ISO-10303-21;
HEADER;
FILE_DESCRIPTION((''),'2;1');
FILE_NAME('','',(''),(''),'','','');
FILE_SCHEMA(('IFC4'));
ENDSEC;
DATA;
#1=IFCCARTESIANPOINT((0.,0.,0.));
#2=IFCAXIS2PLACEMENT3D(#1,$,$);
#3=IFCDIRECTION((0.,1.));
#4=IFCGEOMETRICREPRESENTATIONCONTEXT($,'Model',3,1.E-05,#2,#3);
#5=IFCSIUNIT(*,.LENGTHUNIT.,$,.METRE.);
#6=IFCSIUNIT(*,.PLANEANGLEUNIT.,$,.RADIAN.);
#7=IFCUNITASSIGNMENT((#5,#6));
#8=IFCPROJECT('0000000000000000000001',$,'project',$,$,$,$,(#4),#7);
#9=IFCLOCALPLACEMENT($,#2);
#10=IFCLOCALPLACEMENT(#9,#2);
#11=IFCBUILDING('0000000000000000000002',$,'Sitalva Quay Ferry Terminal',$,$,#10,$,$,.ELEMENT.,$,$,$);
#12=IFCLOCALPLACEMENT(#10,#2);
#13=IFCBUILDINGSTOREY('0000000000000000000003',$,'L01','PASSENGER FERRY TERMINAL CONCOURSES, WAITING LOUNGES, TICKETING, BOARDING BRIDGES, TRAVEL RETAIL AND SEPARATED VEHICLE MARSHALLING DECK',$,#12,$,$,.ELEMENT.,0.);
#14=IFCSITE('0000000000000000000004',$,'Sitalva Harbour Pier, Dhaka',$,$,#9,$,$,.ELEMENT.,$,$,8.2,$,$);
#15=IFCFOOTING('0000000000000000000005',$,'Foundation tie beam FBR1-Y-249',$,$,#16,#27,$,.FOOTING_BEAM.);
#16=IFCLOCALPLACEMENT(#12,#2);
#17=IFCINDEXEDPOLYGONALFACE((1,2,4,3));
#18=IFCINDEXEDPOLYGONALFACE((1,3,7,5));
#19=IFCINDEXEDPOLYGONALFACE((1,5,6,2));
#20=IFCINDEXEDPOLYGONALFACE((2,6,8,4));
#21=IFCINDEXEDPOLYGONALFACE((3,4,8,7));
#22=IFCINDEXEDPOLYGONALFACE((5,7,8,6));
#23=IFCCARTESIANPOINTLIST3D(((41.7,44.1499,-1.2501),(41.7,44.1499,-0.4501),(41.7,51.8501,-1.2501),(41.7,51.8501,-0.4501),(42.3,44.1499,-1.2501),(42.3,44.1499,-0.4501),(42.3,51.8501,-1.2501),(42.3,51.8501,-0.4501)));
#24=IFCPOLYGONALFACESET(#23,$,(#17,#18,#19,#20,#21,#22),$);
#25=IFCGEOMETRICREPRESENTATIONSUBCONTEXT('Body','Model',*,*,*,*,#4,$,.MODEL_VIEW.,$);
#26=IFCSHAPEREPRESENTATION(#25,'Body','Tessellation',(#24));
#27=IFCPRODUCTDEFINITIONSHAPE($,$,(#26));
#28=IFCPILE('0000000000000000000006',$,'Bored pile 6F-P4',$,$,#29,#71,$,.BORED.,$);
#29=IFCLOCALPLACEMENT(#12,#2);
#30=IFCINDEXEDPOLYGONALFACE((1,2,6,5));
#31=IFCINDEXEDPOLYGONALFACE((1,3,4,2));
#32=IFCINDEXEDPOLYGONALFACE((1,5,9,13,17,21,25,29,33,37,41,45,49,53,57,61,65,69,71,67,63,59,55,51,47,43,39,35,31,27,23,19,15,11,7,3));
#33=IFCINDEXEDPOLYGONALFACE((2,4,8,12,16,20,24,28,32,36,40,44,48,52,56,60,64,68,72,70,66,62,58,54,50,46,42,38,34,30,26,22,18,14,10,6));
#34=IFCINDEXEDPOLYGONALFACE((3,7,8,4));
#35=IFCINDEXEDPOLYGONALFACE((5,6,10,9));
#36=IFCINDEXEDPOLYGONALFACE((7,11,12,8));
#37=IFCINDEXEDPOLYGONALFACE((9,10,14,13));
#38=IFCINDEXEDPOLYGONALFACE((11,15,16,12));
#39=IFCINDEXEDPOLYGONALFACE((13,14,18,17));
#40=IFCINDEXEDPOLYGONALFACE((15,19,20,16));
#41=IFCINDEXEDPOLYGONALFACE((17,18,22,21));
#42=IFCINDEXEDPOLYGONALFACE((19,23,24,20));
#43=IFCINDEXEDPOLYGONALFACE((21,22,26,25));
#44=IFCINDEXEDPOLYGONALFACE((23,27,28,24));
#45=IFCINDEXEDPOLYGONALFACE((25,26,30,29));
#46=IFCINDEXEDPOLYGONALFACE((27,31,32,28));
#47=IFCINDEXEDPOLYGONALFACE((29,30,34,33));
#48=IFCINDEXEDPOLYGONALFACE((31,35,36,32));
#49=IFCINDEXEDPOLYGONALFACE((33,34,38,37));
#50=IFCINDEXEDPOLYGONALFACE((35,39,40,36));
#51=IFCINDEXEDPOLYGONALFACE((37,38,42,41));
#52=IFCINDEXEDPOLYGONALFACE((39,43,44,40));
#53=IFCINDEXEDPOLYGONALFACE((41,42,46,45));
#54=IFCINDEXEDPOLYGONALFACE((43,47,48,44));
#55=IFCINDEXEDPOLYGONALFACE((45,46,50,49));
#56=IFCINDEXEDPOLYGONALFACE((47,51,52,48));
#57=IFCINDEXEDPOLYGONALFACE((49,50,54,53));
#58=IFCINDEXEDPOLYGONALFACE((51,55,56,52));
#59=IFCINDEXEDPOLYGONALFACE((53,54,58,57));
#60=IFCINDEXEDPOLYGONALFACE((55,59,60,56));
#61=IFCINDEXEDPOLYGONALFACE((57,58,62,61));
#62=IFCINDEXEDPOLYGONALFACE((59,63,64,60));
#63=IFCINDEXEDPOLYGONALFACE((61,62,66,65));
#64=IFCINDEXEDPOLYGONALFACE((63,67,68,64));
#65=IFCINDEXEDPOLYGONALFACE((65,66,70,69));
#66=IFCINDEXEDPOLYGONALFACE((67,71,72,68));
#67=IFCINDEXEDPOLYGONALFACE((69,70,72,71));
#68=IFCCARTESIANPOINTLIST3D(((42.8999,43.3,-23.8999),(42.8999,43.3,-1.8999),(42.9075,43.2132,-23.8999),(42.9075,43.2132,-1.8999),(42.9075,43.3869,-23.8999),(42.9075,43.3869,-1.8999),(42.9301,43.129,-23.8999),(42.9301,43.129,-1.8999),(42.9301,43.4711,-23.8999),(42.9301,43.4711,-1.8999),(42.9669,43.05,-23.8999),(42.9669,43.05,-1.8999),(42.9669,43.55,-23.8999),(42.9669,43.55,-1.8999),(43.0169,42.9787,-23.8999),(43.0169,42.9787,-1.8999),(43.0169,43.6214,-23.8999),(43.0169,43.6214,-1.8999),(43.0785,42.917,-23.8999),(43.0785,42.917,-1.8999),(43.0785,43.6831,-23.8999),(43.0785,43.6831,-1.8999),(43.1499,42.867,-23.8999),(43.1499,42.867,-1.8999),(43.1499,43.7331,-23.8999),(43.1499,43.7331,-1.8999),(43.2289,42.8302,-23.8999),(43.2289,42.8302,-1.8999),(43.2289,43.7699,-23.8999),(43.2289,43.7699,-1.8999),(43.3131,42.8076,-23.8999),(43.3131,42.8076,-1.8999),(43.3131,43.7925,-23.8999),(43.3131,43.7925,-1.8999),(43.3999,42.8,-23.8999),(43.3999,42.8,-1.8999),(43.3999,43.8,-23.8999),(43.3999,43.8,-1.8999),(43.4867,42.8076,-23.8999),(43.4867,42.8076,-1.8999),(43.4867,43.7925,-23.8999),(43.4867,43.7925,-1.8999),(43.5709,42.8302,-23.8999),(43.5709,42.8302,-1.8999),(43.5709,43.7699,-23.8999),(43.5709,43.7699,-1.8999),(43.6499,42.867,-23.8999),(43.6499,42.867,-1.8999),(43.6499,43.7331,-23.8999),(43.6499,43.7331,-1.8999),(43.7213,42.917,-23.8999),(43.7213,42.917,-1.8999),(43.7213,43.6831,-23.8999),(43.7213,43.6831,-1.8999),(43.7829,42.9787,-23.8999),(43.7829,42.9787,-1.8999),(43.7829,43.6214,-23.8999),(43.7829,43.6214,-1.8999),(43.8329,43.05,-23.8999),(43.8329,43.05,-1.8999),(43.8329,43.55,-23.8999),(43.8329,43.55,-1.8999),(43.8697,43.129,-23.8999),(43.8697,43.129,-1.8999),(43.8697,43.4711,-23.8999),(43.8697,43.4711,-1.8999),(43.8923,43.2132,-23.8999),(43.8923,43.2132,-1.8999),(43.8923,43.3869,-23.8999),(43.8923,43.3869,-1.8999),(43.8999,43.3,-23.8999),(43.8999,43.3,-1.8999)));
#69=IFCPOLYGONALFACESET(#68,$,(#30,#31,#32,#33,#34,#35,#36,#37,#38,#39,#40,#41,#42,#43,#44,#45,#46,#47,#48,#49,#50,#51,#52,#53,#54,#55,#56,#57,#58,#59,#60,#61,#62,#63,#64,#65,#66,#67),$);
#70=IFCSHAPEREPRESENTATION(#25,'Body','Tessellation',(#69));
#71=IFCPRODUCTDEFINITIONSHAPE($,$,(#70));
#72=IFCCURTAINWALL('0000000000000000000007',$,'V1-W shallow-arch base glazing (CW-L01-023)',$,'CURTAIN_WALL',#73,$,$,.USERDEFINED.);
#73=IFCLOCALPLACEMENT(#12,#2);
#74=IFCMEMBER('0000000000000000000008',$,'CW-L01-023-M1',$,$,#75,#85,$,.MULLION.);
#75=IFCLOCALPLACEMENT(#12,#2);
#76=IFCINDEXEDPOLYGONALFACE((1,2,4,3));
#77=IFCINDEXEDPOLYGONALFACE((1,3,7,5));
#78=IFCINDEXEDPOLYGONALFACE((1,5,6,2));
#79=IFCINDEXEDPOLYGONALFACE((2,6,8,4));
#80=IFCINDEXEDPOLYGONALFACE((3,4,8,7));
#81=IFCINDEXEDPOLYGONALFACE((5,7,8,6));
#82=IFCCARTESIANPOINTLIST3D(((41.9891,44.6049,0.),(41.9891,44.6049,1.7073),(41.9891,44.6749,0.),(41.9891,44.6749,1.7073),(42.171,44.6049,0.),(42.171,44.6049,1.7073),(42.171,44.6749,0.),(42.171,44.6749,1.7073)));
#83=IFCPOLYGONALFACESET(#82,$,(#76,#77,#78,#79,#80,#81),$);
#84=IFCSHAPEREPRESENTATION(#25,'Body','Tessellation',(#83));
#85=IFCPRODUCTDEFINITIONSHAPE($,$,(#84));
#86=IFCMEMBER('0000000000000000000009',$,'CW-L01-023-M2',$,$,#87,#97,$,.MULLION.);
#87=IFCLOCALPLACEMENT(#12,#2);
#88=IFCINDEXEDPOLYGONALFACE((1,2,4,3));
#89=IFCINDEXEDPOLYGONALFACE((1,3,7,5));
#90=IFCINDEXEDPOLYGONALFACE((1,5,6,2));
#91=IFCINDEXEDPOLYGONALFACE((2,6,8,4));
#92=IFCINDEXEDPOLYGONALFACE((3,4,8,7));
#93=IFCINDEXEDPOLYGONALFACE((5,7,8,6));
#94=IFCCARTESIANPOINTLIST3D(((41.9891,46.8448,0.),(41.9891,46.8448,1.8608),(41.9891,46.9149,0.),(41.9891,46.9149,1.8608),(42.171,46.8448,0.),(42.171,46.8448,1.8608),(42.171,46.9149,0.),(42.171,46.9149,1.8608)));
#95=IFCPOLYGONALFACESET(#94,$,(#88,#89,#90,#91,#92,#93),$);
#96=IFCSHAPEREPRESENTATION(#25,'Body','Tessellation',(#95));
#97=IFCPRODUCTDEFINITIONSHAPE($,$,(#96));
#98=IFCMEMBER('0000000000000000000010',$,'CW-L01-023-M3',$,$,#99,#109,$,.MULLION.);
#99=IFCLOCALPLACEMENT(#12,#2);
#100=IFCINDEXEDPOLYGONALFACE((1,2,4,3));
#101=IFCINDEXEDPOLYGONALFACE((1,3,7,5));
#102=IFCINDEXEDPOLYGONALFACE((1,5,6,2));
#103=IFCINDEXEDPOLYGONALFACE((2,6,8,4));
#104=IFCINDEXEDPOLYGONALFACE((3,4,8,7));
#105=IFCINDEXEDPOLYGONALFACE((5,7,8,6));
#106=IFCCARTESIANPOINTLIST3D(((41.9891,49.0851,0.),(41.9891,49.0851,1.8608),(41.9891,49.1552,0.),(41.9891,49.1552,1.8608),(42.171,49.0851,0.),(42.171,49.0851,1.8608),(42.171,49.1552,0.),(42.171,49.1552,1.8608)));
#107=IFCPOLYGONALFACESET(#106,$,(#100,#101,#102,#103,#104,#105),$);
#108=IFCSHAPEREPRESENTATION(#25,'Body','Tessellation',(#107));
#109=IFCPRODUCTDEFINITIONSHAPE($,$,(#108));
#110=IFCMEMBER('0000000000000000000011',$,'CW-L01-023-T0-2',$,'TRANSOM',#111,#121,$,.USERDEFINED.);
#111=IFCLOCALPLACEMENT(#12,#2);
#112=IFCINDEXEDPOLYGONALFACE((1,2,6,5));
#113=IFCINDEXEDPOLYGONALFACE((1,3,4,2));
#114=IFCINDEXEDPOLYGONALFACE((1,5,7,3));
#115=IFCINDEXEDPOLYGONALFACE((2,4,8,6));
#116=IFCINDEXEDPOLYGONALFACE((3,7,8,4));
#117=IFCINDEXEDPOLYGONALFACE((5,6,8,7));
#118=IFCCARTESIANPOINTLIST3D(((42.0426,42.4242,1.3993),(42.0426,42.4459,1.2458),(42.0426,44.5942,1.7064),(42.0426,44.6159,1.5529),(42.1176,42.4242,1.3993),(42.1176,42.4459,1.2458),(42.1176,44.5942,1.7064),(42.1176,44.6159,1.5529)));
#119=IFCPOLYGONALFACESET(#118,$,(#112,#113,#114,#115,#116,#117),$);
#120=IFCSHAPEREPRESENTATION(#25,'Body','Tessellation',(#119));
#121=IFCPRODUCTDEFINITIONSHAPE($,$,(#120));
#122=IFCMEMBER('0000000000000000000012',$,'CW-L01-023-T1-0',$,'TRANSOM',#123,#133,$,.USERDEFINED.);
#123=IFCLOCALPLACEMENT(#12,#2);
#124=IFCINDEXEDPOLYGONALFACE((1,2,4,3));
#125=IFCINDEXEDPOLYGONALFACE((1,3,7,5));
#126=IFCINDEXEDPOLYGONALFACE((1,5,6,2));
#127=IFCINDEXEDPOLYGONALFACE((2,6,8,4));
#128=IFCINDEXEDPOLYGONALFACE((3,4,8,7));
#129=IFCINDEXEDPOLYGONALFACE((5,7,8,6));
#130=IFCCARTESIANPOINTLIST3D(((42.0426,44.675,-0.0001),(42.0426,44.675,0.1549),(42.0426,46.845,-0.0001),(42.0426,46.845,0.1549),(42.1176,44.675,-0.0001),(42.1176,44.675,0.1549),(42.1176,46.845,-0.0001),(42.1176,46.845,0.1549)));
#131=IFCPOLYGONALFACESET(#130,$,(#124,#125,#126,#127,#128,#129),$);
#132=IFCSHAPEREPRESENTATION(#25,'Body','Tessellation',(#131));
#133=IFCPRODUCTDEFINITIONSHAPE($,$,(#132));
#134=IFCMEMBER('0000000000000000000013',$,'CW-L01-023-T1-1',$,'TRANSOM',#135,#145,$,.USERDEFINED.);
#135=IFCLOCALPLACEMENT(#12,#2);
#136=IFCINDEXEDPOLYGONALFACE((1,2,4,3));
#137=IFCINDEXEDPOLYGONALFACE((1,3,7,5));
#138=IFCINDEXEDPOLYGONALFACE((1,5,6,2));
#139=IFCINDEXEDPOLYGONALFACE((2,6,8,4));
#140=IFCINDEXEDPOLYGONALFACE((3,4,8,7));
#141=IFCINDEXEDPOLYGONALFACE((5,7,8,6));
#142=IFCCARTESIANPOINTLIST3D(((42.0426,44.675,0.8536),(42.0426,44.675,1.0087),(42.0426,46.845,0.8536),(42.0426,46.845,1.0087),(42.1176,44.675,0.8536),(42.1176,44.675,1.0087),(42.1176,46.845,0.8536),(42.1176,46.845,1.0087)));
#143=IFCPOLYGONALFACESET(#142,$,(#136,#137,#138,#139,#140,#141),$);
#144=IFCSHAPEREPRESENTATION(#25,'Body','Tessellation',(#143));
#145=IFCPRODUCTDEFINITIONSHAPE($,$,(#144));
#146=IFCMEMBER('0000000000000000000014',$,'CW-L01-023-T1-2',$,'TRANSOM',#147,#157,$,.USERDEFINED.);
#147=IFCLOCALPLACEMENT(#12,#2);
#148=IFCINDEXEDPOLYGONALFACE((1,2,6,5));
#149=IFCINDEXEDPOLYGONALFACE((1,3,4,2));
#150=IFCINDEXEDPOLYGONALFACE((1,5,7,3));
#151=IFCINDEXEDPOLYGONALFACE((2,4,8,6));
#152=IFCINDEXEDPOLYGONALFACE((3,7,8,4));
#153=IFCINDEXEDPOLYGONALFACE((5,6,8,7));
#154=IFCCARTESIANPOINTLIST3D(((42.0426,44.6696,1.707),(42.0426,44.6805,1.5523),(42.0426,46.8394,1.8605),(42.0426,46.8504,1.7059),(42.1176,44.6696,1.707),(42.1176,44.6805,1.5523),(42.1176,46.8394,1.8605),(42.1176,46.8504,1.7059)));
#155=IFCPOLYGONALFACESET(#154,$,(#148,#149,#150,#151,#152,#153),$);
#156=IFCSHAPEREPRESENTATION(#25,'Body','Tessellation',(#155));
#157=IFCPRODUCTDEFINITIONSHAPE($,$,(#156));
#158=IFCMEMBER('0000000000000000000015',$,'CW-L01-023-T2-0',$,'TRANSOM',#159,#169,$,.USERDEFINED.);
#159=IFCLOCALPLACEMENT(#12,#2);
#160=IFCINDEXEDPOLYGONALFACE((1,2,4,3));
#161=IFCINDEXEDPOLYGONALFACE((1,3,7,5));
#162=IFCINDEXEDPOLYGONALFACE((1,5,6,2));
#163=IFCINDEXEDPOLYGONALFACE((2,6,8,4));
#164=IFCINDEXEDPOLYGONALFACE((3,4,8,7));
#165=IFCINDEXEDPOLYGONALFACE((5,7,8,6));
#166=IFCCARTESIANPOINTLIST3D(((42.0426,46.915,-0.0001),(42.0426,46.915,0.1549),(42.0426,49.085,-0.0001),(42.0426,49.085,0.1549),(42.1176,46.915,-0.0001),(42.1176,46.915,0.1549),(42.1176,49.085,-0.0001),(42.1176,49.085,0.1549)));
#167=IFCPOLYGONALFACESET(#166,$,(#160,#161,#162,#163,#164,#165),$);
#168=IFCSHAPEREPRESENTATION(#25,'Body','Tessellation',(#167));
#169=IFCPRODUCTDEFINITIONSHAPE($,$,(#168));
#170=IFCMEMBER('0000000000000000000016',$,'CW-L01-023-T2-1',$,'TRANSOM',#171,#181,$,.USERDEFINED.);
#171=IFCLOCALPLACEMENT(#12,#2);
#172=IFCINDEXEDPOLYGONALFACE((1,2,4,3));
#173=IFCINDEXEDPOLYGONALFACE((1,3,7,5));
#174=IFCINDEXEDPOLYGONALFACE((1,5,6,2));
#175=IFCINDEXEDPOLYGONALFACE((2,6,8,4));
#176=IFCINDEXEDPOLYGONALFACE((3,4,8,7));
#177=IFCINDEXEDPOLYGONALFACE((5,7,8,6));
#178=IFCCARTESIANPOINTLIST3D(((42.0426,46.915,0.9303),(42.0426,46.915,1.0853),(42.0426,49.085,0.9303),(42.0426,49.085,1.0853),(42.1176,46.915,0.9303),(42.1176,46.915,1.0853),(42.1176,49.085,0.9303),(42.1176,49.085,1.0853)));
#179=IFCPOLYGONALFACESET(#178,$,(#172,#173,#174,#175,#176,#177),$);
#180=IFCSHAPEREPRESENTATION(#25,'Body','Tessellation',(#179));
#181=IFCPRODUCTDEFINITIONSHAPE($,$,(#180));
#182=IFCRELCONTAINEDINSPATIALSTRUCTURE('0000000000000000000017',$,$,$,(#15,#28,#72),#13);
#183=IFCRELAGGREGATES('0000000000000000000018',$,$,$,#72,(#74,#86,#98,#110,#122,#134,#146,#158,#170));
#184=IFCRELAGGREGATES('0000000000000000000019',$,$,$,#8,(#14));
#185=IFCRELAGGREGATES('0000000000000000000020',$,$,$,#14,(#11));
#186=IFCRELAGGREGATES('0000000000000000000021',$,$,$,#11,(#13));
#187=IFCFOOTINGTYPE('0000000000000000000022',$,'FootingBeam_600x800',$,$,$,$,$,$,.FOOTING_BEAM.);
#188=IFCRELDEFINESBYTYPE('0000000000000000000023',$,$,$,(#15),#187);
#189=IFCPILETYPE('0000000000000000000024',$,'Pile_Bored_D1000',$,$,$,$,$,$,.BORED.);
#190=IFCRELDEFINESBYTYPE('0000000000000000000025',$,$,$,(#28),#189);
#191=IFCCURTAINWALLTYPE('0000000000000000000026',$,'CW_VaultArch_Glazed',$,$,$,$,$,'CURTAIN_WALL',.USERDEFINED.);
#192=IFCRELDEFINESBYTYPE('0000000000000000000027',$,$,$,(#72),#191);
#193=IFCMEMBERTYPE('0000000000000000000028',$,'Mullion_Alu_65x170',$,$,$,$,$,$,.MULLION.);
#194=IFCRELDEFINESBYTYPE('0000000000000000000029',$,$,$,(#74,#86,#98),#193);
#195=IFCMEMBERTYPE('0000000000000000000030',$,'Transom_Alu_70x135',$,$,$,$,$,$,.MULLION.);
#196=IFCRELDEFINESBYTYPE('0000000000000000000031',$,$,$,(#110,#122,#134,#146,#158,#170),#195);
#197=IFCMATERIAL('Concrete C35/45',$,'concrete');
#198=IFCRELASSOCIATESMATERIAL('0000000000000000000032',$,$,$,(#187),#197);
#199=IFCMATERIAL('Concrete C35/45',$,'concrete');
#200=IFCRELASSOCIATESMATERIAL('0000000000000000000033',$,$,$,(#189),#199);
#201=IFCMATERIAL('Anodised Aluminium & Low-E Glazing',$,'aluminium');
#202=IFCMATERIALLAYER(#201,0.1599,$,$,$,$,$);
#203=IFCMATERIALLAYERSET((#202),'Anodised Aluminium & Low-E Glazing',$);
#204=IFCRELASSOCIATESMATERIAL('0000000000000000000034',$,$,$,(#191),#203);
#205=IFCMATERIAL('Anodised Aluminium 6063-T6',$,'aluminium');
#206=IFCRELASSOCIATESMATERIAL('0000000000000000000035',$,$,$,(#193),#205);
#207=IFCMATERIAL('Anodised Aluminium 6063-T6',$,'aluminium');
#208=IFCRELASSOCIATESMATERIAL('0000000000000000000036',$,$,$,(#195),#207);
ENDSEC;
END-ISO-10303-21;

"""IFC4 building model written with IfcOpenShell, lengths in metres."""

from ifc_helpers import new_model, si_unit, direction, frame, origin, origin_2d, place, context, subcontext, project, spatial, rectangle, circle, extrude, material, layer, layer_set, material_profile, profile_set, type_object, element, aggregate, save


model = new_model("IFC4")

# Units and contexts
model_context = context("Model", 3, precision=1e-05, world=origin(), true_north=direction((0.0, 1.0)))
body_context = subcontext(model_context, "Body", "Model", "MODEL_VIEW")
ifc_project = project(units=[si_unit("LENGTHUNIT", "METRE"), si_unit("PLANEANGLEUNIT", "RADIAN")], contexts=[model_context])

# Site, building, storey
site_placement = place(None, origin())
site = spatial("IfcSite", under=ifc_project, at=site_placement, Name="Sitalva Harbour Pier, Dhaka", CompositionType="ELEMENT", RefElevation=8.2)
building_placement = place(site_placement, origin())
building = spatial("IfcBuilding", under=site, at=building_placement, Name="Sitalva Quay Ferry Terminal", CompositionType="ELEMENT")
storey_placement = place(building_placement, origin())
storey = spatial("IfcBuildingStorey", under=building, at=storey_placement, Name="L01", Description="PASSENGER FERRY TERMINAL CONCOURSES, WAITING LOUNGES, TICKETING, BOARDING BRIDGES, TRAVEL RETAIL AND SEPARATED VEHICLE MARSHALLING DECK", CompositionType="ELEMENT", Elevation=0.0)

# Footing
ifc_material_1 = material(Name="Concrete C35/45", Category="concrete")
ifc_material_profile_1 = material_profile(ifc_material_1, rectangle(XDim=0.6001, YDim=0.8, at=origin_2d()), Name="RC600x800")
ifc_profile_set_1 = profile_set([ifc_material_profile_1], Name="Concrete C35/45")
footing_type = type_object("IfcFootingType", Name="FootingBeam_600x800", PredefinedType="FOOTING_BEAM", material=ifc_profile_set_1)
footing_placement = place(storey_placement, frame((42.0, 44.1499, -0.8501), z_axis=(0.0, 1.0, 0.0), x_axis=(-1.0, 0.0, 0.0)))
element("IfcFooting", 1, at=footing_placement, inside=storey, type_object=footing_type, Name="Foundation tie beam FBR1-Y-249", PredefinedType="FOOTING_BEAM", context=body_context, shape_type="SweptSolid", body=[
    extrude(rectangle(XDim=0.6001, YDim=0.8, at=origin_2d()), origin(), (0.0, 0.0, 1.0), 7.7002),
])

# Pile
ifc_material_2 = material(Name="Concrete C35/45", Category="concrete")
ifc_material_profile_2 = material_profile(ifc_material_2, circle(Radius=0.5, at=origin_2d()), Name="PILE-D1000")
ifc_profile_set_2 = profile_set([ifc_material_profile_2], Name="Concrete C35/45")
pile_type = type_object("IfcPileType", Name="Pile_Bored_D1000", PredefinedType="BORED", material=ifc_profile_set_2)
pile_placement = place(storey_placement, frame((43.3999, 43.3, -1.8999), z_axis=(0.0, 0.0, -1.0), x_axis=(1.0, 0.0, 0.0)))
element("IfcPile", 2, at=pile_placement, inside=storey, type_object=pile_type, Name="Bored pile 6F-P4", PredefinedType="BORED", context=body_context, shape_type="SweptSolid", body=[
    extrude(circle(Radius=0.5, at=origin_2d()), origin(), (0.0, 0.0, 1.0), 22.0),
])

# Curtain wall, members
ifc_material_3 = material(Name="Anodised Aluminium & Low-E Glazing", Category="aluminium")
ifc_layer_1 = layer(ifc_material_3, 0.1599)
ifc_layer_set_1 = layer_set([ifc_layer_1], Name="Anodised Aluminium & Low-E Glazing")
curtain_wall_type = type_object("IfcCurtainWallType", Name="CW_VaultArch_Glazed", ElementType="CURTAIN_WALL", PredefinedType="USERDEFINED", material=ifc_layer_set_1)
curtain_wall_placement = place(storey_placement, origin())
curtain_wall = element("IfcCurtainWall", 3, at=curtain_wall_placement, inside=storey, type_object=curtain_wall_type, Name="V1-W shallow-arch base glazing (CW-L01-023)", ObjectType="CURTAIN_WALL", PredefinedType="USERDEFINED")
ifc_material_4 = material(Name="Anodised Aluminium 6063-T6", Category="aluminium")
ifc_material_profile_3 = material_profile(ifc_material_4, rectangle(XDim=0.0701, YDim=0.1819, at=origin_2d()), Name="ALU70x182")
ifc_profile_set_3 = profile_set([ifc_material_profile_3], Name="Anodised Aluminium 6063-T6")
member_type_1 = type_object("IfcMemberType", Name="Mullion_Alu_65x170", PredefinedType="MULLION", material=ifc_profile_set_3)
member_1_placement = place(storey_placement, frame((42.0801, 44.6399, 0.0), z_axis=(0.0, 0.0, 1.0), x_axis=(0.0, 1.0, 0.0)))
member_1 = element("IfcMember", 4, at=member_1_placement, type_object=member_type_1, Name="CW-L01-023-M1", PredefinedType="MULLION", context=body_context, shape_type="SweptSolid", body=[
    extrude(rectangle(XDim=0.0701, YDim=0.1819, at=origin_2d()), origin(), (0.0, 0.0, 1.0), 1.7073),
])
member_2_placement = place(storey_placement, frame((42.0801, 46.8799, 0.0), z_axis=(0.0, 0.0, 1.0), x_axis=(0.0, 1.0, 0.0)))
member_2 = element("IfcMember", 5, at=member_2_placement, type_object=member_type_1, Name="CW-L01-023-M2", PredefinedType="MULLION", context=body_context, shape_type="SweptSolid", body=[
    extrude(rectangle(XDim=0.0701, YDim=0.1819, at=origin_2d()), origin(), (0.0, 0.0, 1.0), 1.8608),
])
member_3_placement = place(storey_placement, frame((42.0801, 49.1201, 0.0), z_axis=(0.0, 0.0, 1.0), x_axis=(0.0, 1.0, 0.0)))
member_3 = element("IfcMember", 6, at=member_3_placement, type_object=member_type_1, Name="CW-L01-023-M3", PredefinedType="MULLION", context=body_context, shape_type="SweptSolid", body=[
    extrude(rectangle(XDim=0.0701, YDim=0.1819, at=origin_2d()), origin(), (0.0, 0.0, 1.0), 1.8608),
])
ifc_material_5 = material(Name="Anodised Aluminium 6063-T6", Category="aluminium")
ifc_material_profile_4 = material_profile(ifc_material_5, rectangle(XDim=0.075, YDim=0.155, at=origin_2d()), Name="ALU75x155")
ifc_profile_set_4 = profile_set([ifc_material_profile_4], Name="Anodised Aluminium 6063-T6")
member_type_2 = type_object("IfcMemberType", Name="Transom_Alu_70x135", PredefinedType="MULLION", material=ifc_profile_set_4)
member_4_placement = place(storey_placement, frame((42.0801, 42.4351, 1.3225), z_axis=(0.0, 0.990131, 0.140142), x_axis=(-1.0, 0.0, 0.0)))
member_4 = element("IfcMember", 7, at=member_4_placement, type_object=member_type_2, Name="CW-L01-023-T0-2", ObjectType="TRANSOM", PredefinedType="USERDEFINED", context=body_context, shape_type="SweptSolid", body=[
    extrude(rectangle(XDim=0.075, YDim=0.155, at=origin_2d()), origin(), (0.0, 0.0, 1.0), 2.1917),
])
member_5_placement = place(storey_placement, frame((42.0801, 44.675, 0.0774), z_axis=(0.0, 1.0, 0.0), x_axis=(-1.0, 0.0, 0.0)))
member_5 = element("IfcMember", 8, at=member_5_placement, type_object=member_type_2, Name="CW-L01-023-T1-0", ObjectType="TRANSOM", PredefinedType="USERDEFINED", context=body_context, shape_type="SweptSolid", body=[
    extrude(rectangle(XDim=0.075, YDim=0.155, at=origin_2d()), origin(), (0.0, 0.0, 1.0), 2.1699),
])
member_6_placement = place(storey_placement, frame((42.0801, 44.675, 0.9312), z_axis=(0.0, 1.0, 0.0), x_axis=(-1.0, 0.0, 0.0)))
member_6 = element("IfcMember", 9, at=member_6_placement, type_object=member_type_2, Name="CW-L01-023-T1-1", ObjectType="TRANSOM", PredefinedType="USERDEFINED", context=body_context, shape_type="SweptSolid", body=[
    extrude(rectangle(XDim=0.075, YDim=0.155, at=origin_2d()), origin(), (0.0, 0.0, 1.0), 2.1699),
])
member_7_placement = place(storey_placement, frame((42.0801, 44.675, 1.6296), z_axis=(0.0, 0.997505, 0.070593), x_axis=(-1.0, 0.0, 0.0)))
member_7 = element("IfcMember", 10, at=member_7_placement, type_object=member_type_2, Name="CW-L01-023-T1-2", ObjectType="TRANSOM", PredefinedType="USERDEFINED", context=body_context, shape_type="SweptSolid", body=[
    extrude(rectangle(XDim=0.075, YDim=0.155, at=origin_2d()), origin(), (0.0, 0.0, 1.0), 2.1753),
])
member_8_placement = place(storey_placement, frame((42.0801, 46.915, 0.0774), z_axis=(0.0, 1.0, 0.0), x_axis=(-1.0, 0.0, 0.0)))
member_8 = element("IfcMember", 11, at=member_8_placement, type_object=member_type_2, Name="CW-L01-023-T2-0", ObjectType="TRANSOM", PredefinedType="USERDEFINED", context=body_context, shape_type="SweptSolid", body=[
    extrude(rectangle(XDim=0.075, YDim=0.155, at=origin_2d()), origin(), (0.0, 0.0, 1.0), 2.1699),
])
member_9_placement = place(storey_placement, frame((42.0801, 46.915, 1.0078), z_axis=(0.0, 1.0, 0.0), x_axis=(-1.0, 0.0, 0.0)))
member_9 = element("IfcMember", 12, at=member_9_placement, type_object=member_type_2, Name="CW-L01-023-T2-1", ObjectType="TRANSOM", PredefinedType="USERDEFINED", context=body_context, shape_type="SweptSolid", body=[
    extrude(rectangle(XDim=0.075, YDim=0.155, at=origin_2d()), origin(), (0.0, 0.0, 1.0), 2.1699),
])
aggregate(curtain_wall, [member_1, member_2, member_3, member_4, member_5, member_6, member_7, member_8, member_9])

save(model, "model.ifc")
